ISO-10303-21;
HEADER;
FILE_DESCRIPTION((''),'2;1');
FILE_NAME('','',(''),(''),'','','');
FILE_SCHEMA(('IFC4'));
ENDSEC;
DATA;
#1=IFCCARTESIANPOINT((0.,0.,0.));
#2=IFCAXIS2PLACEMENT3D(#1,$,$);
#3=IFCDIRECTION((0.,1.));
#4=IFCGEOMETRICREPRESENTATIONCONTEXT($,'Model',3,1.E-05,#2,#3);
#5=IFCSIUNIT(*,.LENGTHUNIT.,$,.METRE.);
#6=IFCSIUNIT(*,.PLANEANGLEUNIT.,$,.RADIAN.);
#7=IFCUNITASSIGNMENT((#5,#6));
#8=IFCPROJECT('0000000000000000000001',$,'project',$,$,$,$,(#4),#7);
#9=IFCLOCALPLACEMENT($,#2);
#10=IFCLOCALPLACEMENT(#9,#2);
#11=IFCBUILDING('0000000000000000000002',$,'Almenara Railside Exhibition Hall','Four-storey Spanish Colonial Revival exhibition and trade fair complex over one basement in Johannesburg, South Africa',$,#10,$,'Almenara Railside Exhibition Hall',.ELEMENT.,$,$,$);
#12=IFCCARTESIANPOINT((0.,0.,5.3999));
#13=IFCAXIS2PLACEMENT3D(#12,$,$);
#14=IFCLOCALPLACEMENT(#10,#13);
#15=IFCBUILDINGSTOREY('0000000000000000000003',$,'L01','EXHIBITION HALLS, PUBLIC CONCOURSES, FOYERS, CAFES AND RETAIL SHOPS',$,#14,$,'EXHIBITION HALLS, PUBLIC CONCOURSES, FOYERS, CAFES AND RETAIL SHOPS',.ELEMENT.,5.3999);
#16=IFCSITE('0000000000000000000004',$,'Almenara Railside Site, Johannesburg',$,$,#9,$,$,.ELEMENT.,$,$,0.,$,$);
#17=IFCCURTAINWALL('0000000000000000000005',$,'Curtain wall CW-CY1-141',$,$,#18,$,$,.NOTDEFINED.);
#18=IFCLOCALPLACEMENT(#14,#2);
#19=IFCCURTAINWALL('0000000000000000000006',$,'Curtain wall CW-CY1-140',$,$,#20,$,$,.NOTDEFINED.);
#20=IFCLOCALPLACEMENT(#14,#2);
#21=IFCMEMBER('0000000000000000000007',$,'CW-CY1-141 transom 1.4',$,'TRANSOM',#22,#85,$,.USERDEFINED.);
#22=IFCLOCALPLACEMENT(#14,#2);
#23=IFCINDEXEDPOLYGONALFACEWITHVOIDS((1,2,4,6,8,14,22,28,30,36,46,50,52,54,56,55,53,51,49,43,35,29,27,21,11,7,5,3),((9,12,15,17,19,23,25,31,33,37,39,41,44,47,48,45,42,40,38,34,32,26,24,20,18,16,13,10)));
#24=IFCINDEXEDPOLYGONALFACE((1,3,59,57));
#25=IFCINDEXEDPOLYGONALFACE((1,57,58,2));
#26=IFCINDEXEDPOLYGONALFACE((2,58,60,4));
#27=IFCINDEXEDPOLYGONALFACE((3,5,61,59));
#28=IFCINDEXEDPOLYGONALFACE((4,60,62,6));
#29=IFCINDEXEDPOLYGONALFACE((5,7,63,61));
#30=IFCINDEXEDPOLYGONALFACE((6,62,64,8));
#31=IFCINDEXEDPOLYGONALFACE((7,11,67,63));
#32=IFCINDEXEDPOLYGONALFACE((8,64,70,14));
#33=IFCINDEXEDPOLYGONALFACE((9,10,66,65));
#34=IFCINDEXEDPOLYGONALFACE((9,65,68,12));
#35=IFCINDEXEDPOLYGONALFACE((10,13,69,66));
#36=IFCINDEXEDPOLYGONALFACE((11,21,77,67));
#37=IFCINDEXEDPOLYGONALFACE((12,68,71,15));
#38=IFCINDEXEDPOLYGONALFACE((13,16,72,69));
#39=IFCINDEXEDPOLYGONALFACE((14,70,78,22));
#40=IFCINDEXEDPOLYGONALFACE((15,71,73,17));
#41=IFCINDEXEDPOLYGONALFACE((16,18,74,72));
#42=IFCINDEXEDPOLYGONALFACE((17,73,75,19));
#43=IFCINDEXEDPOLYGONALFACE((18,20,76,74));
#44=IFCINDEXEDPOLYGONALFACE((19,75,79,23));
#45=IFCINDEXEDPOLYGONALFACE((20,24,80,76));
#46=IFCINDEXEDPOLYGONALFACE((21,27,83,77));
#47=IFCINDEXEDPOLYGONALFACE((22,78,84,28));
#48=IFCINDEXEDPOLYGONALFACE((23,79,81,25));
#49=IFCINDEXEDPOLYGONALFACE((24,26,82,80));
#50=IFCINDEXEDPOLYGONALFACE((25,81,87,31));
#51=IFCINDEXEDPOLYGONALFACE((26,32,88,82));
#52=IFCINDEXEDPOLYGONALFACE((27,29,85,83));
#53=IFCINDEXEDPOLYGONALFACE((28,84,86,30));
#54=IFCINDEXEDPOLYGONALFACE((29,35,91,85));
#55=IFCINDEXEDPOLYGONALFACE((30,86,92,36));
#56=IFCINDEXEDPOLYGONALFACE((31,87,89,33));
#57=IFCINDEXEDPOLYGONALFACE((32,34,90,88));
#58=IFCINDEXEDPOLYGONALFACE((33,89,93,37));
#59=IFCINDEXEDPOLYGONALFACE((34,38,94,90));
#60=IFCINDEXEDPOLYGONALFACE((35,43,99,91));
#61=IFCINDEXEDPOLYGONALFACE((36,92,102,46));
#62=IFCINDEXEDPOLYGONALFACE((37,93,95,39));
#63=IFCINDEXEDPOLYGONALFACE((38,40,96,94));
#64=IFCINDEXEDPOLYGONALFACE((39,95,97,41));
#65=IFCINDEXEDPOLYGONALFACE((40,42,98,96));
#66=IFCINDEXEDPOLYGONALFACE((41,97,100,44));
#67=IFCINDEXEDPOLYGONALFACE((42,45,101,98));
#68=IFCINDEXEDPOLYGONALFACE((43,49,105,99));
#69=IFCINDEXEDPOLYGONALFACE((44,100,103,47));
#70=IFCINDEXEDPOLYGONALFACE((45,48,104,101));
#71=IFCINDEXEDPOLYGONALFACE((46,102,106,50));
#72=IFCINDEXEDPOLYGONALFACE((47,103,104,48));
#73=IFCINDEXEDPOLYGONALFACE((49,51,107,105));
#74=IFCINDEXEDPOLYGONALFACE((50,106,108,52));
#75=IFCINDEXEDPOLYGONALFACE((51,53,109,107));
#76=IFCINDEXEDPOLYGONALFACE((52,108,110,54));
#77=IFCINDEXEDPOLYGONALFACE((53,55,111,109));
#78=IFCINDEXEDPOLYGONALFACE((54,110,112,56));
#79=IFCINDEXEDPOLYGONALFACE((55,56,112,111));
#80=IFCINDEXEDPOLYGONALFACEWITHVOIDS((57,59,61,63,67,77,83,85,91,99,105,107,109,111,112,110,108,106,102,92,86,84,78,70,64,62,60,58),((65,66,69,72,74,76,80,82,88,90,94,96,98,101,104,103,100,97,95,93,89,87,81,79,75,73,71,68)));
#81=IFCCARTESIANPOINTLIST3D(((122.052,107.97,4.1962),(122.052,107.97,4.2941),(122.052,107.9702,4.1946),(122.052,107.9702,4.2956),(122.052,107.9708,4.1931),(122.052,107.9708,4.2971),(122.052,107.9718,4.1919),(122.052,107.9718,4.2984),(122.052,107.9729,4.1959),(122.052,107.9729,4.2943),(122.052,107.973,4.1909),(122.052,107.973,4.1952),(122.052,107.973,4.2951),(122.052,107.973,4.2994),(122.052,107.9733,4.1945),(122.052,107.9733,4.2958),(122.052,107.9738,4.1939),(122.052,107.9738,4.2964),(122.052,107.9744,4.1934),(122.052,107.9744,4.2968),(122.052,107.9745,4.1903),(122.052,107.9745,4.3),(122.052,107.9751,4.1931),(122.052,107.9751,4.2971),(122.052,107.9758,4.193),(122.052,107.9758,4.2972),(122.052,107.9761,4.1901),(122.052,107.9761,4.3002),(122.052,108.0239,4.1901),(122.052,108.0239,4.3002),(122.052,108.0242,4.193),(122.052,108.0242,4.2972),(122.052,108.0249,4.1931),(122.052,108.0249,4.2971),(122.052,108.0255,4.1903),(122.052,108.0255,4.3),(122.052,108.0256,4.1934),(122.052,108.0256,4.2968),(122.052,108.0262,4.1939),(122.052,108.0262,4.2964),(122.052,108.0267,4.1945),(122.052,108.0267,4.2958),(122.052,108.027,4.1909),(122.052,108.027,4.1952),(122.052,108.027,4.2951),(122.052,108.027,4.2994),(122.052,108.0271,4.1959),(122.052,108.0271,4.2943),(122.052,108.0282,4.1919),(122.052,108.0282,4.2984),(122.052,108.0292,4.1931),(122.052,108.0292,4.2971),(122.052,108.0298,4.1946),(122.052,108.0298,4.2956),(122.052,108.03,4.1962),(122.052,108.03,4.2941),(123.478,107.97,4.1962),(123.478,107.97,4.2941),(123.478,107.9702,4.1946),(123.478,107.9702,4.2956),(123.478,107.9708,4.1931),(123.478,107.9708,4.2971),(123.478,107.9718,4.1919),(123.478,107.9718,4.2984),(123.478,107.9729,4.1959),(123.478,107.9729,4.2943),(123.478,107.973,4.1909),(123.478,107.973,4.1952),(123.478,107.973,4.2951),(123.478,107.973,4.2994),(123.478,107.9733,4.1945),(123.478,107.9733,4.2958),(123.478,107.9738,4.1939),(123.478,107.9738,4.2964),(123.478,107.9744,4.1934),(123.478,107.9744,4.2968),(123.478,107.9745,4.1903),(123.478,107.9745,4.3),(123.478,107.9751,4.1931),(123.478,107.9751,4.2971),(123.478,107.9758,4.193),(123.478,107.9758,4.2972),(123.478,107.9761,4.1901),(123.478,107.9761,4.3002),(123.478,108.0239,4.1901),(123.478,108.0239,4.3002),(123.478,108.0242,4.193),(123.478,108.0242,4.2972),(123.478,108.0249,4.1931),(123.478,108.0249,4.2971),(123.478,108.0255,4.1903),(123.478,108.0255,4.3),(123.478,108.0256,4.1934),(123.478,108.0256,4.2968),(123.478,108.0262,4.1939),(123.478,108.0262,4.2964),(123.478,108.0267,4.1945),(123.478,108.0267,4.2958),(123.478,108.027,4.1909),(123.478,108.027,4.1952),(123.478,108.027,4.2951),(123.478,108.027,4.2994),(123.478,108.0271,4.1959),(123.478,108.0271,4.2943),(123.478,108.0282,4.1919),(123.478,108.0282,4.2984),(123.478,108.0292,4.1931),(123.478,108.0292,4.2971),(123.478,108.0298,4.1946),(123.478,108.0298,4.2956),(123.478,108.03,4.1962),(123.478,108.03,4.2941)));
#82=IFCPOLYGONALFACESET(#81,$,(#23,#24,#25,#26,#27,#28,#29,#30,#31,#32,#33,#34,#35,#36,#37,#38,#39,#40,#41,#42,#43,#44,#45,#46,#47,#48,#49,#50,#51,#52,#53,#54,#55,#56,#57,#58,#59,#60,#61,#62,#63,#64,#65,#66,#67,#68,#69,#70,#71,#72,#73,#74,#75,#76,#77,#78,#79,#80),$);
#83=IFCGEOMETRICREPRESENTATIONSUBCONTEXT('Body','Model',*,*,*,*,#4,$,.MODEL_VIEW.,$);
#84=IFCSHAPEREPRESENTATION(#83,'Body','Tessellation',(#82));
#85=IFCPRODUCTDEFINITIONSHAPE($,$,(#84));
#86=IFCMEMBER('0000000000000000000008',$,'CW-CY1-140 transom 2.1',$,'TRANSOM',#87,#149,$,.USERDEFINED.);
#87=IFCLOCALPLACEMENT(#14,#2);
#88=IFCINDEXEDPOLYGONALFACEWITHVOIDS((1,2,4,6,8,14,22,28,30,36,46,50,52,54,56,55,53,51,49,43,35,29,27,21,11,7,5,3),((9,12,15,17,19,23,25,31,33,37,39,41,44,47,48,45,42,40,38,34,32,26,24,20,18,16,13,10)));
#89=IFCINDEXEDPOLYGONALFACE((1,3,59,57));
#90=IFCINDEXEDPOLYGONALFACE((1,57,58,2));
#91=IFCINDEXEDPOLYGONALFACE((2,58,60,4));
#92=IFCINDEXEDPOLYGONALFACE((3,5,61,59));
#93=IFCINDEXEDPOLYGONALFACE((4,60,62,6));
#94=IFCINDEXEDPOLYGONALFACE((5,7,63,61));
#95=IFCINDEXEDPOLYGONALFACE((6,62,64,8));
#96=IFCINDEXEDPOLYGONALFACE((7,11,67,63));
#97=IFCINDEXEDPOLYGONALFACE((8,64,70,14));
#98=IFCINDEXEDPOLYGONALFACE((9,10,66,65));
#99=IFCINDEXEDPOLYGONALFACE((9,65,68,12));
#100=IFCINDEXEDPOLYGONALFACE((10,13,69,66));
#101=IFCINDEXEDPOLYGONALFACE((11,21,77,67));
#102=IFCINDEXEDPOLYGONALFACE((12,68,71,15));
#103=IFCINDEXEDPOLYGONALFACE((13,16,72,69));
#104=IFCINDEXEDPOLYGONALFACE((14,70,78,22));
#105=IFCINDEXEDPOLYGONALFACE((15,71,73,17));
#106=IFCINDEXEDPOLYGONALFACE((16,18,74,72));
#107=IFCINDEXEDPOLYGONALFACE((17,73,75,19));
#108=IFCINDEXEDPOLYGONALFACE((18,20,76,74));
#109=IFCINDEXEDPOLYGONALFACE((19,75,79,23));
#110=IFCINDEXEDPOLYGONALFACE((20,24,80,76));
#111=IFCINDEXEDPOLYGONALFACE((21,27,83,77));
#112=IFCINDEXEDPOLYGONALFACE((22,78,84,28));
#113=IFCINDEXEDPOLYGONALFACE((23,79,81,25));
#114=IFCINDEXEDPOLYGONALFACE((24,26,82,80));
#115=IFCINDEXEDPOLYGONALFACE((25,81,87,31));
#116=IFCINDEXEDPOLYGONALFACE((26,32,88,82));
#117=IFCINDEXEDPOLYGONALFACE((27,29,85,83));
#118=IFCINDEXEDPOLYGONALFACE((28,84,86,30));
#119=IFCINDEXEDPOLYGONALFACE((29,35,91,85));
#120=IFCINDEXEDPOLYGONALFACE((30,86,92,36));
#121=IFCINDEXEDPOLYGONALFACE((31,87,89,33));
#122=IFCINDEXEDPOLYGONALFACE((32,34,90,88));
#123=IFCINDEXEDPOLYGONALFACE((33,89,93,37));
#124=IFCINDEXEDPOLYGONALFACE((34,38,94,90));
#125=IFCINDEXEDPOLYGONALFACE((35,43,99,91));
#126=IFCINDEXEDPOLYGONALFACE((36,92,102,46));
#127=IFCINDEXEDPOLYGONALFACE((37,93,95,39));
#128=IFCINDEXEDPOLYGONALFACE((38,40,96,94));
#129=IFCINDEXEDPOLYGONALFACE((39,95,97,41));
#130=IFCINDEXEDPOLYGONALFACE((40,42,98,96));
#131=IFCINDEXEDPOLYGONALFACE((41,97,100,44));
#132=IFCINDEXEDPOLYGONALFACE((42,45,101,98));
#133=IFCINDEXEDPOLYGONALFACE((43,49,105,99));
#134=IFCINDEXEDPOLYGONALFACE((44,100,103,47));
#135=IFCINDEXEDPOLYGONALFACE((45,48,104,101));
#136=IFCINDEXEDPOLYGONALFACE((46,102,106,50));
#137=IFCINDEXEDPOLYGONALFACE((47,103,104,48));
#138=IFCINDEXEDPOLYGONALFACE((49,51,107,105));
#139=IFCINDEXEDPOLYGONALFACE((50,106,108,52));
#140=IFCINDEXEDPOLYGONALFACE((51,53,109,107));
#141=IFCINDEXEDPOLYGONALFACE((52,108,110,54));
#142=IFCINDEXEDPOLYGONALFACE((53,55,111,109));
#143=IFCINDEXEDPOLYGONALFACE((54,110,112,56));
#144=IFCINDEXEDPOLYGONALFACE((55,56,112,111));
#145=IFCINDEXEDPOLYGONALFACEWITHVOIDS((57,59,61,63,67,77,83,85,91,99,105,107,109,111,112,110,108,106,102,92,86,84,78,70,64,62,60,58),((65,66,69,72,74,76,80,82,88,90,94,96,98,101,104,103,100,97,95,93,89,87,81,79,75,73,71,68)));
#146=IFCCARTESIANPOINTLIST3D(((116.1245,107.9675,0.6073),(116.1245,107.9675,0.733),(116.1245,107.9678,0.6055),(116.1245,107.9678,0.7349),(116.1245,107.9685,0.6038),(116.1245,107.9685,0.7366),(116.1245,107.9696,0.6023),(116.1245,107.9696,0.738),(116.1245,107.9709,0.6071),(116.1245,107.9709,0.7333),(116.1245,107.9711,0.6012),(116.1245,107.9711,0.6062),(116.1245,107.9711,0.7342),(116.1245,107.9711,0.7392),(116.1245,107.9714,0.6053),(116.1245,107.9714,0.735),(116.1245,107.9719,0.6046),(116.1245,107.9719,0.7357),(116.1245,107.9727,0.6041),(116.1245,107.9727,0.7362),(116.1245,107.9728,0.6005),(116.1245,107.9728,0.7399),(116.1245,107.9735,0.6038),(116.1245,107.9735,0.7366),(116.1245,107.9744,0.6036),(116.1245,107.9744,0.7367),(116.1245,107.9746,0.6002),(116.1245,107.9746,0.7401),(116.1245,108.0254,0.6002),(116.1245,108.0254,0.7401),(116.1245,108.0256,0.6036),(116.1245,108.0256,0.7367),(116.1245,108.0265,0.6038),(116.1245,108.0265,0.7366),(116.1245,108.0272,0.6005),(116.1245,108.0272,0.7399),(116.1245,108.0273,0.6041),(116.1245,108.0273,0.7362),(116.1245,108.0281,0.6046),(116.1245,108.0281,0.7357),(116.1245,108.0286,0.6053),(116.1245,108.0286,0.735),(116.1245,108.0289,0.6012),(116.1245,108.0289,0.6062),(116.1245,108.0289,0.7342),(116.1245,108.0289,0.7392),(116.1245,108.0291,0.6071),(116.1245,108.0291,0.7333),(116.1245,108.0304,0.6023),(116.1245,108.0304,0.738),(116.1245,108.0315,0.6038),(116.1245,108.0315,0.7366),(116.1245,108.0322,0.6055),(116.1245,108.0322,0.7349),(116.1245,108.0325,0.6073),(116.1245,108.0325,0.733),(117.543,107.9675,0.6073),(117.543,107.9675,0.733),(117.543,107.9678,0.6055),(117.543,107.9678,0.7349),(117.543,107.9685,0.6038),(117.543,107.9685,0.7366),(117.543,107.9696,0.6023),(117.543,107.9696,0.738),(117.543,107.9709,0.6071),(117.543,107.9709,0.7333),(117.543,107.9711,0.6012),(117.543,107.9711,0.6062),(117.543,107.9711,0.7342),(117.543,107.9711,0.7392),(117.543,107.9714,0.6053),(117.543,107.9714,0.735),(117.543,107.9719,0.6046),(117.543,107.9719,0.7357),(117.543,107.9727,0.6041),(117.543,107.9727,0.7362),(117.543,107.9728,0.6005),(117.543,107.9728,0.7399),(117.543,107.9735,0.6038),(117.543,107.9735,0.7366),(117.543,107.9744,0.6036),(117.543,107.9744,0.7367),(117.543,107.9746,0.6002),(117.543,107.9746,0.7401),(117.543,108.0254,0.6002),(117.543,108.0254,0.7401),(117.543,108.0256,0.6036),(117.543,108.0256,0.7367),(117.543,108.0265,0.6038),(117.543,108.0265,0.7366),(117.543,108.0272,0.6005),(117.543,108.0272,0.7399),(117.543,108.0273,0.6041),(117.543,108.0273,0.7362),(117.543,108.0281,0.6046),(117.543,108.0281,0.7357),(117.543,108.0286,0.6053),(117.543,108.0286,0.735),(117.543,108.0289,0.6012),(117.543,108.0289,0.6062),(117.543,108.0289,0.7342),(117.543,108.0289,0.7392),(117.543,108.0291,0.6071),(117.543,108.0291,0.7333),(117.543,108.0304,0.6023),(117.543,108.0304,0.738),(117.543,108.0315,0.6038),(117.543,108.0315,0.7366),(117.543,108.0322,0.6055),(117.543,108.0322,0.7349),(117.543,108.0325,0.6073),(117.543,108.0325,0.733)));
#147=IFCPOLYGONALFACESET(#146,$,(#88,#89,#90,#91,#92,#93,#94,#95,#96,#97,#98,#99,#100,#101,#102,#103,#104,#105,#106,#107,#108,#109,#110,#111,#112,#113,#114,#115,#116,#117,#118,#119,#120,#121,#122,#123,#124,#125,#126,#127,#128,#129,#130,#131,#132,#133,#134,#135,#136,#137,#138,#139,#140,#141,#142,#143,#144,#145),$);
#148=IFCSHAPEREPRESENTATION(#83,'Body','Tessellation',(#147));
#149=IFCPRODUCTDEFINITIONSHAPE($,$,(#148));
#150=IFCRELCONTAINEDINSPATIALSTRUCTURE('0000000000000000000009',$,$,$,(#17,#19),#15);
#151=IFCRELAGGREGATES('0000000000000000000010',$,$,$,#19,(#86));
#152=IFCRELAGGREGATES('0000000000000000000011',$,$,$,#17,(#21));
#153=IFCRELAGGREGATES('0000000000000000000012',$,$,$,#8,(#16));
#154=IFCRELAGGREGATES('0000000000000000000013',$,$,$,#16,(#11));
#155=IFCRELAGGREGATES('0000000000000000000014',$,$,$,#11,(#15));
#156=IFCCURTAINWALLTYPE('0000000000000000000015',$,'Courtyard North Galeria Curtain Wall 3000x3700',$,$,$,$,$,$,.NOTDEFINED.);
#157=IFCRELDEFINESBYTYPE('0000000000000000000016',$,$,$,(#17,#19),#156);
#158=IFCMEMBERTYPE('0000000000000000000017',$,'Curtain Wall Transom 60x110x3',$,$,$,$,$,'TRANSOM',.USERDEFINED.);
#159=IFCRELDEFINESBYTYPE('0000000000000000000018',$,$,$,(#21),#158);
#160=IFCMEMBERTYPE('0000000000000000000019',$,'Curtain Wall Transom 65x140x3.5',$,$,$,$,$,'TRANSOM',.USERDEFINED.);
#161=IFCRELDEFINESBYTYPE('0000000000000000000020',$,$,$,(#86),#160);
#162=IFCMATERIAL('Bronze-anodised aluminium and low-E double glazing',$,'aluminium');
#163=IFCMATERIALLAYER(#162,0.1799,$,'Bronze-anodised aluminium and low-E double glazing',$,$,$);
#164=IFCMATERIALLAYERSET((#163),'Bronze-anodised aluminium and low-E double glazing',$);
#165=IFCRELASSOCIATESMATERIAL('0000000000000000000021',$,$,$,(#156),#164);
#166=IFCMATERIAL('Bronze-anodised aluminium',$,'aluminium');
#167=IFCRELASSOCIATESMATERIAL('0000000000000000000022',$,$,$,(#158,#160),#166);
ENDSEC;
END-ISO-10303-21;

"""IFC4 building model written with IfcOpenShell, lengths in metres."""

from ifc_helpers import new_model, si_unit, direction, frame, origin, origin_2d, place, context, subcontext, project, spatial, hollow_rectangle, extrude, material, layer, layer_set, material_profile, profile_set, type_object, element, aggregate, save


model = new_model("IFC4")

# Units and contexts
model_context = context("Model", 3, precision=1e-05, world=origin(), true_north=direction((0.0, 1.0)))
body_context = subcontext(model_context, "Body", "Model", "MODEL_VIEW")
ifc_project = project(units=[si_unit("LENGTHUNIT", "METRE"), si_unit("PLANEANGLEUNIT", "RADIAN")], contexts=[model_context])

# Site, building, storey
site_placement = place(None, origin())
site = spatial("IfcSite", under=ifc_project, at=site_placement, Name="Almenara Railside Site, Johannesburg", CompositionType="ELEMENT", RefElevation=0.0)
building_placement = place(site_placement, origin())
building = spatial("IfcBuilding", under=site, at=building_placement, Name="Almenara Railside Exhibition Hall", Description="Four-storey Spanish Colonial Revival exhibition and trade fair complex over one basement in Johannesburg, South Africa", LongName="Almenara Railside Exhibition Hall", CompositionType="ELEMENT")
storey_placement = place(building_placement, frame((0.0, 0.0, 5.3999)))
storey = spatial("IfcBuildingStorey", under=building, at=storey_placement, Name="L01", Description="EXHIBITION HALLS, PUBLIC CONCOURSES, FOYERS, CAFES AND RETAIL SHOPS", LongName="EXHIBITION HALLS, PUBLIC CONCOURSES, FOYERS, CAFES AND RETAIL SHOPS", CompositionType="ELEMENT", Elevation=5.3999)

# Curtain wall
ifc_material_1 = material(Name="Bronze-anodised aluminium and low-E double glazing", Category="aluminium")
ifc_layer_1 = layer(ifc_material_1, 0.1799, Name="Bronze-anodised aluminium and low-E double glazing")
ifc_layer_set_1 = layer_set([ifc_layer_1], Name="Bronze-anodised aluminium and low-E double glazing")
curtain_wall_type = type_object("IfcCurtainWallType", Name="Courtyard North Galeria Curtain Wall 3000x3700", PredefinedType="NOTDEFINED", material=ifc_layer_set_1)
curtain_wall_1_placement = place(storey_placement, origin())
curtain_wall_1 = element("IfcCurtainWall", 1, at=curtain_wall_1_placement, inside=storey, type_object=curtain_wall_type, Name="Curtain wall CW-CY1-141", PredefinedType="NOTDEFINED")
ifc_material_2 = material(Name="Bronze-anodised aluminium", Category="aluminium")

# Curtain wall
curtain_wall_2_placement = place(storey_placement, origin())
curtain_wall_2 = element("IfcCurtainWall", 2, at=curtain_wall_2_placement, inside=storey, type_object=curtain_wall_type, Name="Curtain wall CW-CY1-140", PredefinedType="NOTDEFINED")

# Members
ifc_material_profile_1 = material_profile(ifc_material_2, hollow_rectangle(XDim=0.0601, YDim=0.1101, WallThickness=0.0029, InnerFilletRadius=0.0029, OuterFilletRadius=0.0061, at=origin_2d()), Name="ALU-TRN 60x110x3")
ifc_profile_set_1 = profile_set([ifc_material_profile_1], Name="Bronze-anodised aluminium")
member_type_1 = type_object("IfcMemberType", Name="Curtain Wall Transom 60x110x3", ElementType="TRANSOM", PredefinedType="USERDEFINED", material=ifc_profile_set_1)
member_1_placement = place(storey_placement, frame((122.052, 108.0, 4.2451), z_axis=(1.0, 0.0, 0.0), x_axis=(0.0, 1.0, 0.0)))
member_1 = element("IfcMember", 3, at=member_1_placement, type_object=member_type_1, Name="CW-CY1-141 transom 1.4", ObjectType="TRANSOM", PredefinedType="USERDEFINED", context=body_context, shape_type="SweptSolid", body=[
    extrude(hollow_rectangle(XDim=0.0601, YDim=0.1101, WallThickness=0.0029, InnerFilletRadius=0.0029, OuterFilletRadius=0.0061, at=origin_2d()), origin(), (0.0, 0.0, 1.0), 1.426),
])
ifc_material_profile_2 = material_profile(ifc_material_2, hollow_rectangle(XDim=0.0649, YDim=0.1399, WallThickness=0.0034, InnerFilletRadius=0.0034, OuterFilletRadius=0.0071, at=origin_2d()), Name="ALU-TRN 65x140x3.5")
ifc_profile_set_2 = profile_set([ifc_material_profile_2], Name="Bronze-anodised aluminium")
member_type_2 = type_object("IfcMemberType", Name="Curtain Wall Transom 65x140x3.5", ElementType="TRANSOM", PredefinedType="USERDEFINED", material=ifc_profile_set_2)
member_2_placement = place(storey_placement, frame((116.1245, 108.0, 0.6702), z_axis=(1.0, 0.0, 0.0), x_axis=(0.0, 1.0, 0.0)))
member_2 = element("IfcMember", 4, at=member_2_placement, type_object=member_type_2, Name="CW-CY1-140 transom 2.1", ObjectType="TRANSOM", PredefinedType="USERDEFINED", context=body_context, shape_type="SweptSolid", body=[
    extrude(hollow_rectangle(XDim=0.0649, YDim=0.1399, WallThickness=0.0034, InnerFilletRadius=0.0034, OuterFilletRadius=0.0071, at=origin_2d()), origin(), (0.0, 0.0, 1.0), 1.4185),
])

aggregate(curtain_wall_2, [member_2])
aggregate(curtain_wall_1, [member_1])

save(model, "model.ifc")
